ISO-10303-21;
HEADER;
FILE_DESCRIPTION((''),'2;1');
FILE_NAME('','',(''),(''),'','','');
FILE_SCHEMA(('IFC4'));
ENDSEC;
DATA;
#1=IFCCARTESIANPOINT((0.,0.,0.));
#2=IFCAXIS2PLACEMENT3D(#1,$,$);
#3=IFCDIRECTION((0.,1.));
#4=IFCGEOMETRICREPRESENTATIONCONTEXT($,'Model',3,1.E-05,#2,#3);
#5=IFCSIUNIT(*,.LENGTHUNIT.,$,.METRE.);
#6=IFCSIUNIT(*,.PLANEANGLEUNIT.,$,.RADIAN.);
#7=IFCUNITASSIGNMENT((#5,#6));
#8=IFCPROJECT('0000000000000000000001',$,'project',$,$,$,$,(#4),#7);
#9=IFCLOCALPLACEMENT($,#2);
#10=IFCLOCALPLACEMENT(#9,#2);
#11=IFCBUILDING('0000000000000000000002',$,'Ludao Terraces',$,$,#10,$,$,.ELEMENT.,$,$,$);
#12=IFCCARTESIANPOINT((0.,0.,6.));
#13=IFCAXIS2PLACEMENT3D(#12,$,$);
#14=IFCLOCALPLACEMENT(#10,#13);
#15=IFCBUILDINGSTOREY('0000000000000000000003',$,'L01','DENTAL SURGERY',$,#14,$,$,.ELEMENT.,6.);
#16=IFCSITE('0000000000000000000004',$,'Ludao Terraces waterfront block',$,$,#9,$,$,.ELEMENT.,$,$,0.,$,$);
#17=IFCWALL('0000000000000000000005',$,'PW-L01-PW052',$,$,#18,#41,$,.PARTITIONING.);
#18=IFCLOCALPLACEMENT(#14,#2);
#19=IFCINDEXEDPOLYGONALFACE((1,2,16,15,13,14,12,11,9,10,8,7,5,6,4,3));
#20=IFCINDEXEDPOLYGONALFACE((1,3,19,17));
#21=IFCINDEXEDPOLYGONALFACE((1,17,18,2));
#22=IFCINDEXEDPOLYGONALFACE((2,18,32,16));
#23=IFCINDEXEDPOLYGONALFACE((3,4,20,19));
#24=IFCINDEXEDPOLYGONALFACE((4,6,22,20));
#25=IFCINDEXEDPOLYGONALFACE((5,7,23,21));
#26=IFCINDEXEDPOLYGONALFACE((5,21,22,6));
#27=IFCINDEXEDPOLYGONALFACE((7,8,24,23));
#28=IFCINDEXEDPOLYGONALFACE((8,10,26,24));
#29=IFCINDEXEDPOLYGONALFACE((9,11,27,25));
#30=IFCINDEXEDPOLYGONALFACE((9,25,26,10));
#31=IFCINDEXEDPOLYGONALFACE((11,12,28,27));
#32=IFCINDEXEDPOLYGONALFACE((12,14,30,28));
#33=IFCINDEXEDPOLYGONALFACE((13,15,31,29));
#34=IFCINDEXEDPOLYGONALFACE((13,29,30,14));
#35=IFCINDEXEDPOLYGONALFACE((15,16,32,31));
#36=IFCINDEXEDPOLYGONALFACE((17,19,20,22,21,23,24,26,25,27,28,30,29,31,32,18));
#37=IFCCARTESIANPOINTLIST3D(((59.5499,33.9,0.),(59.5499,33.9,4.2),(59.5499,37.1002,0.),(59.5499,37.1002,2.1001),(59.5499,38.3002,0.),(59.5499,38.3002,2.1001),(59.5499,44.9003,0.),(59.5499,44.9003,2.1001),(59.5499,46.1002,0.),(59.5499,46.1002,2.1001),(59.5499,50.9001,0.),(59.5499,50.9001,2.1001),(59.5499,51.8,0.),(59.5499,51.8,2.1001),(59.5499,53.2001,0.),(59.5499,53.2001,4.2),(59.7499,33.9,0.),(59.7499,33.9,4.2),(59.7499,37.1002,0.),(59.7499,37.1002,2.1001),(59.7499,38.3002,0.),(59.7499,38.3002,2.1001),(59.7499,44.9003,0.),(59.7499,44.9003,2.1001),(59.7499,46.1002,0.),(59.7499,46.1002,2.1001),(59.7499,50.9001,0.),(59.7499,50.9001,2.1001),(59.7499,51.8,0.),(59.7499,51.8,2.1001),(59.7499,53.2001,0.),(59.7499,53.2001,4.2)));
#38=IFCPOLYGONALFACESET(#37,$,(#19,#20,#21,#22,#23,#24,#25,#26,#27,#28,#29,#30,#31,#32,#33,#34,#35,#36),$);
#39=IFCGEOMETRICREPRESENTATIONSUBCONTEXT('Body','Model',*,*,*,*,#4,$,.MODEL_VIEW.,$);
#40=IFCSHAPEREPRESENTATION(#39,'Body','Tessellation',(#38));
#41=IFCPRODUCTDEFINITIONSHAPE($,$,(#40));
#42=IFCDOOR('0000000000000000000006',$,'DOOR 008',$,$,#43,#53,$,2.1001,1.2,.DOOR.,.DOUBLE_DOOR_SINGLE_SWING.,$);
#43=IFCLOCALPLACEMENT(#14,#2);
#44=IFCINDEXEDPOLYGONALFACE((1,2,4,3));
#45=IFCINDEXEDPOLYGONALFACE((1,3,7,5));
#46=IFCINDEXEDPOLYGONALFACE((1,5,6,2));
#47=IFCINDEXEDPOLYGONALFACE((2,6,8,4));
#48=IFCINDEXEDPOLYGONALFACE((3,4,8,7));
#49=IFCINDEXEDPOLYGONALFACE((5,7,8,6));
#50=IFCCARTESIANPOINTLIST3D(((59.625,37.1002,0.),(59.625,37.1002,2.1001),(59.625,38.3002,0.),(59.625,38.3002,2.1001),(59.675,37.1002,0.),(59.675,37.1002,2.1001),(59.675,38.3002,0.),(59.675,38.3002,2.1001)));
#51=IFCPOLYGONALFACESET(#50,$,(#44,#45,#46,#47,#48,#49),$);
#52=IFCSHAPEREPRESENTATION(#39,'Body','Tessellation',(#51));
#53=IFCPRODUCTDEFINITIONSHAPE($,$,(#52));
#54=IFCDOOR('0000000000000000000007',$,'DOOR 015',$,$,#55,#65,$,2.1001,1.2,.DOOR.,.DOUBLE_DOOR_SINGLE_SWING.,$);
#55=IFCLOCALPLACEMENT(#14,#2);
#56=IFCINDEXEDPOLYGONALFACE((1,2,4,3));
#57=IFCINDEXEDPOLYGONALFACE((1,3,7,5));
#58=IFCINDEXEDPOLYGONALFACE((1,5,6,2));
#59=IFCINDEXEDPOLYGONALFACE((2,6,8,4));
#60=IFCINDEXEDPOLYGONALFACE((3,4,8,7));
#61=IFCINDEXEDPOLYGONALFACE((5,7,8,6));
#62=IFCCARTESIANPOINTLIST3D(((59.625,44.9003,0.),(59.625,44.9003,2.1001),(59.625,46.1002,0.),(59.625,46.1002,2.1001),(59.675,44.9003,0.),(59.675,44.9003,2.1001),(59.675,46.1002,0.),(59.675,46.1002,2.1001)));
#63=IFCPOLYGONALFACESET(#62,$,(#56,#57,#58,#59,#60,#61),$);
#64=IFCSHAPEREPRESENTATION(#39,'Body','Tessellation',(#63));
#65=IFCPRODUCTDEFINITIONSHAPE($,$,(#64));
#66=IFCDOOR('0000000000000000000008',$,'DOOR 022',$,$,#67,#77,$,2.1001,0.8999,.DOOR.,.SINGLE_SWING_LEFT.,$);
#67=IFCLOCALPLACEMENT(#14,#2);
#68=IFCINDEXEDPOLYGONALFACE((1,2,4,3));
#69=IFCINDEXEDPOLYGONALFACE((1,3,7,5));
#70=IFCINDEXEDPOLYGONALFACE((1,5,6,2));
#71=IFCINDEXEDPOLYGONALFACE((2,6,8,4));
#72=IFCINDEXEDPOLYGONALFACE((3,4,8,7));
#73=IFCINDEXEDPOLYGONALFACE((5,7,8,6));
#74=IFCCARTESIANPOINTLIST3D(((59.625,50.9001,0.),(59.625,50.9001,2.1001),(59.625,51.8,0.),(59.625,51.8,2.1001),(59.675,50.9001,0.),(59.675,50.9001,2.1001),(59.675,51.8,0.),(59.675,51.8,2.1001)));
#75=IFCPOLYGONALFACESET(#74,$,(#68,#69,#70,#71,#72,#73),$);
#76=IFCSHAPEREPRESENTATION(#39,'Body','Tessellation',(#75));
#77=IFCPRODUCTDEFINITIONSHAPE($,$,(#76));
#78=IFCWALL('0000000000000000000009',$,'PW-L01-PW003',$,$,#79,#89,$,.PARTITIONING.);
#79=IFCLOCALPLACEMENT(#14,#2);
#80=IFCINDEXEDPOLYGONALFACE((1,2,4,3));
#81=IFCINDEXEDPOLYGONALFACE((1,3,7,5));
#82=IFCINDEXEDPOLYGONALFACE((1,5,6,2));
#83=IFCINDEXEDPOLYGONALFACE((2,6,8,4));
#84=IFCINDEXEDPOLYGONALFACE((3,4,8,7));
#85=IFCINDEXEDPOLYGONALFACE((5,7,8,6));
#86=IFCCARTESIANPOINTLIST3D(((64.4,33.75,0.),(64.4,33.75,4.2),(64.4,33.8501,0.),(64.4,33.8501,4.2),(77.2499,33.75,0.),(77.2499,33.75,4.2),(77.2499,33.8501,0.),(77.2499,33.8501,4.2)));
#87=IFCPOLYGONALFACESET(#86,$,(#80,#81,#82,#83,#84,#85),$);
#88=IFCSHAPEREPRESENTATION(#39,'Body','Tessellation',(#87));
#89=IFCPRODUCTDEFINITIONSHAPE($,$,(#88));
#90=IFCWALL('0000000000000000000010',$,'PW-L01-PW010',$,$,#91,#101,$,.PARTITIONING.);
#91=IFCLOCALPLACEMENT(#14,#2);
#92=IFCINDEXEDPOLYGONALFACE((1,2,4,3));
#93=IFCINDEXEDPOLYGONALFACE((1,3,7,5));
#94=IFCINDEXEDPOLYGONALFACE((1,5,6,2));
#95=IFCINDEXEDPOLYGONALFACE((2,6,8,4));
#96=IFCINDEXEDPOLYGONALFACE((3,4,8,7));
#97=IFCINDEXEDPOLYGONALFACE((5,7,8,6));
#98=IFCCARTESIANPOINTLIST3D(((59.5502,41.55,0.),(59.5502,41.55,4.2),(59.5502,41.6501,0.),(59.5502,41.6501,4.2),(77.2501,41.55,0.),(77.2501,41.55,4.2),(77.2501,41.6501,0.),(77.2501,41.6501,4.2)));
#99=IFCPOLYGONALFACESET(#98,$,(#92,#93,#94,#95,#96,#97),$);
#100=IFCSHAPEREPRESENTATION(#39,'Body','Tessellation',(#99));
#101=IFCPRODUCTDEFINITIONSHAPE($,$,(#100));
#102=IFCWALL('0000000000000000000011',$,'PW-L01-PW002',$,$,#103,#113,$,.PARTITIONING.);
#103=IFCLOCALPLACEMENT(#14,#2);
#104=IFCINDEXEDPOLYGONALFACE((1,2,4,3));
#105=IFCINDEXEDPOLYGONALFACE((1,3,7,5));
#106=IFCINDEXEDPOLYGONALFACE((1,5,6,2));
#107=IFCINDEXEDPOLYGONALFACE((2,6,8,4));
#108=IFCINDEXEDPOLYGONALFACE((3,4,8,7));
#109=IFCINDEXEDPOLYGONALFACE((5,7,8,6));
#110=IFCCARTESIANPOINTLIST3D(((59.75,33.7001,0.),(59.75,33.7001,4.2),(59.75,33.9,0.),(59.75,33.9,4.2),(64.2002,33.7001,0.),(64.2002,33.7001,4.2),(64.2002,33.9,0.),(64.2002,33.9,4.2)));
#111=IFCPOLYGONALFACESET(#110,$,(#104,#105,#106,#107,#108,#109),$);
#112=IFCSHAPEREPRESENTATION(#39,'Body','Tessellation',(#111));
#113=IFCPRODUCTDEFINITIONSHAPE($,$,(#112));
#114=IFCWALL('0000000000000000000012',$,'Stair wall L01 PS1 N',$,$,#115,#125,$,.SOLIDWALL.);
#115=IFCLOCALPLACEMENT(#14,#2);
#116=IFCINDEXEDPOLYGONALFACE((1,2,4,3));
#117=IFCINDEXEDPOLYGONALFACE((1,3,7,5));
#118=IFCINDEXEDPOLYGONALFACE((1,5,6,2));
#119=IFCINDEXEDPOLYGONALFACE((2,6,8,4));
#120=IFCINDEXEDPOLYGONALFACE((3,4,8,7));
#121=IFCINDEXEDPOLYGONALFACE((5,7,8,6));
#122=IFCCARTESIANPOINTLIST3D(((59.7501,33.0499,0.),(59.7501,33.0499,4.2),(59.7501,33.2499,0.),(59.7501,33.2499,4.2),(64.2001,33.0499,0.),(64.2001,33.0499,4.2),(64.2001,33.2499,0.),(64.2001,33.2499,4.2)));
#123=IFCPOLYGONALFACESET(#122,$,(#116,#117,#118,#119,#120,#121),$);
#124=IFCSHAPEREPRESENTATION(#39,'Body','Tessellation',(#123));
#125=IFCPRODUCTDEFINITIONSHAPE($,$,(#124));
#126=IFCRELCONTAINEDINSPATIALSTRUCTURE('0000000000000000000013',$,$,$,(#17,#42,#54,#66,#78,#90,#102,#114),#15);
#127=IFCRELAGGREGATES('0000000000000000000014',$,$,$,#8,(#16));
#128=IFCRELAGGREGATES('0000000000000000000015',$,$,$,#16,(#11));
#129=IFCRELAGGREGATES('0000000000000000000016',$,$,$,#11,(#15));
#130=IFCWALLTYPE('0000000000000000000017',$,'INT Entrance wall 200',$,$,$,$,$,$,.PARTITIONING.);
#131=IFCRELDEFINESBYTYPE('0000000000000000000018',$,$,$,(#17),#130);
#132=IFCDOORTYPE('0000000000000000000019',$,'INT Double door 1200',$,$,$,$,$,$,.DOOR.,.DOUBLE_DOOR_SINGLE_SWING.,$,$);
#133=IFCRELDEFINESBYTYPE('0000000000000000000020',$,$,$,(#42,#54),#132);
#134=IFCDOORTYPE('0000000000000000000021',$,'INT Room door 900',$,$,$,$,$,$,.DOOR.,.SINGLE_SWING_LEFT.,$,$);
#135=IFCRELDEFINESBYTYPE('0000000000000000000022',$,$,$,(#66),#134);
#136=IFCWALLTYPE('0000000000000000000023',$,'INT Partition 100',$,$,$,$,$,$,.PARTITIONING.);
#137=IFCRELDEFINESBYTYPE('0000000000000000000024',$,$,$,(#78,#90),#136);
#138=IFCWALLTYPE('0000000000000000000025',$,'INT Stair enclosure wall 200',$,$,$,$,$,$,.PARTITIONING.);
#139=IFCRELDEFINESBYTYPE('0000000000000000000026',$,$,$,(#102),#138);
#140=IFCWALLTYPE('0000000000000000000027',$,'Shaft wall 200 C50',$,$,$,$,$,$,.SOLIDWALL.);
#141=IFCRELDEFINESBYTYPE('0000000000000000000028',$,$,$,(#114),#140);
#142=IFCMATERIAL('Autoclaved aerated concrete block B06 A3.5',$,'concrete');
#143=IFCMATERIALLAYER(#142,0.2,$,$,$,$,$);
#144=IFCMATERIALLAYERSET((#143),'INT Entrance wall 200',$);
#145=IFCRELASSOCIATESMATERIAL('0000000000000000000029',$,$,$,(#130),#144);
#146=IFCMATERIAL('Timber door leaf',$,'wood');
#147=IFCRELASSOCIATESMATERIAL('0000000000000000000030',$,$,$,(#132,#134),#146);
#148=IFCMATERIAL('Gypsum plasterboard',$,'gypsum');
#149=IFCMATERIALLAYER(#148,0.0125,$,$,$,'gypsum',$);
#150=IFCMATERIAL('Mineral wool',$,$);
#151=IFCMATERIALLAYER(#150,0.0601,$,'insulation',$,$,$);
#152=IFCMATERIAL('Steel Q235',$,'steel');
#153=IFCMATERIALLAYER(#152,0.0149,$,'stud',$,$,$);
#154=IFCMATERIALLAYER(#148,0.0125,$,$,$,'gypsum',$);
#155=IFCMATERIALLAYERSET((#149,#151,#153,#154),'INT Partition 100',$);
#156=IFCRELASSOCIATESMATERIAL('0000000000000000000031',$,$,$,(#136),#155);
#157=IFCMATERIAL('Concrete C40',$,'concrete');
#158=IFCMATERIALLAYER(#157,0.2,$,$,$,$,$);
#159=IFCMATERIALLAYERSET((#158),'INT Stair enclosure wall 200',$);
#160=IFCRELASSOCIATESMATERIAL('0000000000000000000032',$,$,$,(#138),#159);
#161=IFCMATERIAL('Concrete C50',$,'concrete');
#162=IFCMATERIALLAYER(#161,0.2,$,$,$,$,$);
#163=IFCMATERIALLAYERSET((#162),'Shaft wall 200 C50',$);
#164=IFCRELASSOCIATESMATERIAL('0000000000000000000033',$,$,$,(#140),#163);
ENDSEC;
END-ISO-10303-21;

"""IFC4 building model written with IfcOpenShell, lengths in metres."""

from ifc_helpers import new_model, si_unit, direction, frame, frame_2d, origin, place, context, subcontext, project, spatial, rectangle, extrude, material, layer, layer_set, type_object, element, fill, save


model = new_model("IFC4")

# Units and contexts
model_context = context("Model", 3, precision=1e-05, world=origin(), true_north=direction((0.0, 1.0)))
body_context = subcontext(model_context, "Body", "Model", "MODEL_VIEW")
ifc_project = project(units=[si_unit("LENGTHUNIT", "METRE"), si_unit("PLANEANGLEUNIT", "RADIAN")], contexts=[model_context])

# Site, building, storey
site_placement = place(None, origin())
site = spatial("IfcSite", under=ifc_project, at=site_placement, Name="Ludao Terraces waterfront block", CompositionType="ELEMENT", RefElevation=0.0)
building_placement = place(site_placement, origin())
building = spatial("IfcBuilding", under=site, at=building_placement, Name="Ludao Terraces", CompositionType="ELEMENT")
storey_placement = place(building_placement, frame((0.0, 0.0, 6.0)))
storey = spatial("IfcBuildingStorey", under=building, at=storey_placement, Name="L01", Description="DENTAL SURGERY", CompositionType="ELEMENT", Elevation=6.0)

# Wall, openings, doors
ifc_material_1 = material(Name="Autoclaved aerated concrete block B06 A3.5", Category="concrete")
ifc_layer_1 = layer(ifc_material_1, 0.2)
ifc_layer_set_1 = layer_set([ifc_layer_1], Name="INT Entrance wall 200")
wall_type_1 = type_object("IfcWallType", Name="INT Entrance wall 200", PredefinedType="PARTITIONING", material=ifc_layer_set_1)
ifc_material_2 = material(Name="Timber door leaf", Category="wood")
door_type_1 = type_object("IfcDoorType", Name="INT Double door 1200", OperationType="DOUBLE_DOOR_SINGLE_SWING", PredefinedType="DOOR", material=ifc_material_2)
door_type_2 = type_object("IfcDoorType", Name="INT Room door 900", OperationType="SINGLE_SWING_LEFT", PredefinedType="DOOR", material=ifc_material_2)
wall_1_placement = place(storey_placement, frame((59.6499, 33.9001, 0.0), z_axis=(0.0, 0.0, 1.0), x_axis=(0.0, 1.0, 0.0)))
wall_1 = element("IfcWall", 1, at=wall_1_placement, inside=storey, type_object=wall_type_1, Name="PW-L01-PW052", PredefinedType="PARTITIONING", context=body_context, shape_type="SweptSolid", body=[
    extrude(rectangle(XDim=19.3, YDim=0.2, at=frame_2d((9.6499, 0.0))), origin(), (0.0, 0.0, 1.0), 4.2),
])
opening_1_placement = place(wall_1_placement, frame((3.2, 0.0, 0.0)))
opening_1 = element("IfcOpeningElement", 2, at=opening_1_placement, cuts=wall_1, PredefinedType="OPENING", context=body_context, shape_type="SweptSolid", body=[
    extrude(rectangle(XDim=1.2, YDim=2.1001, at=frame_2d((0.6001, 1.05))), frame((0.0, 0.1099, 0.0), z_axis=(0.0, -1.0, 0.0), x_axis=(1.0, 0.0, 0.0)), (0.0, 0.0, 1.0), 0.22),
])
opening_2_placement = place(wall_1_placement, frame((11.0, 0.0, 0.0)))
opening_2 = element("IfcOpeningElement", 3, at=opening_2_placement, cuts=wall_1, PredefinedType="OPENING", context=body_context, shape_type="SweptSolid", body=[
    extrude(rectangle(XDim=1.2, YDim=2.1001, at=frame_2d((0.6001, 1.05))), frame((0.0, 0.1099, 0.0), z_axis=(0.0, -1.0, 0.0), x_axis=(1.0, 0.0, 0.0)), (0.0, 0.0, 1.0), 0.22),
])
opening_3_placement = place(wall_1_placement, frame((17.0, 0.0, 0.0)))
opening_3 = element("IfcOpeningElement", 4, at=opening_3_placement, cuts=wall_1, PredefinedType="OPENING", context=body_context, shape_type="SweptSolid", body=[
    extrude(rectangle(XDim=0.8999, YDim=2.1001, at=frame_2d((0.45, 1.05))), frame((0.0, 0.1099, 0.0), z_axis=(0.0, -1.0, 0.0), x_axis=(1.0, 0.0, 0.0)), (0.0, 0.0, 1.0), 0.22),
])
door_1_placement = place(opening_1_placement, origin())
door_1 = element("IfcDoor", 5, at=door_1_placement, inside=storey, type_object=door_type_1, Name="DOOR 008", OperationType="DOUBLE_DOOR_SINGLE_SWING", OverallHeight=2.1001, OverallWidth=1.2, PredefinedType="DOOR", context=body_context, shape_type="SweptSolid", body=[
    extrude(rectangle(XDim=1.2, YDim=2.1001, at=frame_2d((0.6001, 1.05))), frame((0.0, 0.0249, 0.0), z_axis=(0.0, -1.0, 0.0), x_axis=(1.0, 0.0, 0.0)), (0.0, 0.0, 1.0), 0.05),
])
fill(opening_1, door_1)
door_2_placement = place(opening_2_placement, origin())
door_2 = element("IfcDoor", 6, at=door_2_placement, inside=storey, type_object=door_type_1, Name="DOOR 015", OperationType="DOUBLE_DOOR_SINGLE_SWING", OverallHeight=2.1001, OverallWidth=1.2, PredefinedType="DOOR", context=body_context, shape_type="SweptSolid", body=[
    extrude(rectangle(XDim=1.2, YDim=2.1001, at=frame_2d((0.6001, 1.05))), frame((0.0, 0.0249, 0.0), z_axis=(0.0, -1.0, 0.0), x_axis=(1.0, 0.0, 0.0)), (0.0, 0.0, 1.0), 0.05),
])
fill(opening_2, door_2)
door_3_placement = place(opening_3_placement, origin())
door_3 = element("IfcDoor", 7, at=door_3_placement, inside=storey, type_object=door_type_2, Name="DOOR 022", OperationType="SINGLE_SWING_LEFT", OverallHeight=2.1001, OverallWidth=0.8999, PredefinedType="DOOR", context=body_context, shape_type="SweptSolid", body=[
    extrude(rectangle(XDim=0.8999, YDim=2.1001, at=frame_2d((0.45, 1.05))), frame((0.0, 0.0249, 0.0), z_axis=(0.0, -1.0, 0.0), x_axis=(1.0, 0.0, 0.0)), (0.0, 0.0, 1.0), 0.05),
])
fill(opening_3, door_3)

# Walls
ifc_material_3 = material(Name="Gypsum plasterboard", Category="gypsum")
ifc_layer_2 = layer(ifc_material_3, 0.0125, Category="gypsum")
ifc_material_4 = material(Name="Mineral wool")
ifc_layer_3 = layer(ifc_material_4, 0.0601, Name="insulation")
ifc_material_5 = material(Name="Steel Q235", Category="steel")
ifc_layer_4 = layer(ifc_material_5, 0.0149, Name="stud")
ifc_layer_5 = layer(ifc_material_3, 0.0125, Category="gypsum")
ifc_layer_set_2 = layer_set([ifc_layer_2, ifc_layer_3, ifc_layer_4, ifc_layer_5], Name="INT Partition 100")
wall_type_2 = type_object("IfcWallType", Name="INT Partition 100", PredefinedType="PARTITIONING", material=ifc_layer_set_2)
wall_2_placement = place(storey_placement, frame((64.4001, 33.8, 0.0), z_axis=(0.0, 0.0, 1.0), x_axis=(1.0, 0.0, 0.0)))
element("IfcWall", 8, at=wall_2_placement, inside=storey, type_object=wall_type_2, Name="PW-L01-PW003", PredefinedType="PARTITIONING", context=body_context, shape_type="SweptSolid", body=[
    extrude(rectangle(XDim=12.8499, YDim=0.1001, at=frame_2d((6.4248, 0.0))), origin(), (0.0, 0.0, 1.0), 4.2),
])
wall_3_placement = place(storey_placement, frame((59.55, 41.6001, 0.0), z_axis=(0.0, 0.0, 1.0), x_axis=(1.0, 0.0, 0.0)))
element("IfcWall", 9, at=wall_3_placement, inside=storey, type_object=wall_type_2, Name="PW-L01-PW010", PredefinedType="PARTITIONING", context=body_context, shape_type="SweptSolid", body=[
    extrude(rectangle(XDim=17.7, YDim=0.1001, at=frame_2d((8.8501, 0.0))), origin(), (0.0, 0.0, 1.0), 4.2),
])
ifc_material_6 = material(Name="Concrete C40", Category="concrete")
ifc_layer_6 = layer(ifc_material_6, 0.2)
ifc_layer_set_3 = layer_set([ifc_layer_6], Name="INT Stair enclosure wall 200")
wall_type_3 = type_object("IfcWallType", Name="INT Stair enclosure wall 200", PredefinedType="PARTITIONING", material=ifc_layer_set_3)
wall_4_placement = place(storey_placement, frame((59.75, 33.8, 0.0), z_axis=(0.0, 0.0, 1.0), x_axis=(1.0, 0.0, 0.0)))
element("IfcWall", 10, at=wall_4_placement, inside=storey, type_object=wall_type_3, Name="PW-L01-PW002", PredefinedType="PARTITIONING", context=body_context, shape_type="SweptSolid", body=[
    extrude(rectangle(XDim=4.4502, YDim=0.2, at=frame_2d((2.2251, 0.0))), origin(), (0.0, 0.0, 1.0), 4.2),
])
ifc_material_7 = material(Name="Concrete C50", Category="concrete")
ifc_layer_7 = layer(ifc_material_7, 0.2)
ifc_layer_set_4 = layer_set([ifc_layer_7], Name="Shaft wall 200 C50")
wall_type_4 = type_object("IfcWallType", Name="Shaft wall 200 C50", PredefinedType="SOLIDWALL", material=ifc_layer_set_4)
wall_5_placement = place(storey_placement, frame((59.75, 33.1499, 0.0), z_axis=(0.0, 0.0, 1.0), x_axis=(1.0, 0.0, 0.0)))
element("IfcWall", 11, at=wall_5_placement, inside=storey, type_object=wall_type_4, Name="Stair wall L01 PS1 N", PredefinedType="SOLIDWALL", context=body_context, shape_type="SweptSolid", body=[
    extrude(rectangle(XDim=4.45, YDim=0.2, at=frame_2d((2.2251, 0.0))), origin(), (0.0, 0.0, 1.0), 4.2),
])

save(model, "model.ifc")
